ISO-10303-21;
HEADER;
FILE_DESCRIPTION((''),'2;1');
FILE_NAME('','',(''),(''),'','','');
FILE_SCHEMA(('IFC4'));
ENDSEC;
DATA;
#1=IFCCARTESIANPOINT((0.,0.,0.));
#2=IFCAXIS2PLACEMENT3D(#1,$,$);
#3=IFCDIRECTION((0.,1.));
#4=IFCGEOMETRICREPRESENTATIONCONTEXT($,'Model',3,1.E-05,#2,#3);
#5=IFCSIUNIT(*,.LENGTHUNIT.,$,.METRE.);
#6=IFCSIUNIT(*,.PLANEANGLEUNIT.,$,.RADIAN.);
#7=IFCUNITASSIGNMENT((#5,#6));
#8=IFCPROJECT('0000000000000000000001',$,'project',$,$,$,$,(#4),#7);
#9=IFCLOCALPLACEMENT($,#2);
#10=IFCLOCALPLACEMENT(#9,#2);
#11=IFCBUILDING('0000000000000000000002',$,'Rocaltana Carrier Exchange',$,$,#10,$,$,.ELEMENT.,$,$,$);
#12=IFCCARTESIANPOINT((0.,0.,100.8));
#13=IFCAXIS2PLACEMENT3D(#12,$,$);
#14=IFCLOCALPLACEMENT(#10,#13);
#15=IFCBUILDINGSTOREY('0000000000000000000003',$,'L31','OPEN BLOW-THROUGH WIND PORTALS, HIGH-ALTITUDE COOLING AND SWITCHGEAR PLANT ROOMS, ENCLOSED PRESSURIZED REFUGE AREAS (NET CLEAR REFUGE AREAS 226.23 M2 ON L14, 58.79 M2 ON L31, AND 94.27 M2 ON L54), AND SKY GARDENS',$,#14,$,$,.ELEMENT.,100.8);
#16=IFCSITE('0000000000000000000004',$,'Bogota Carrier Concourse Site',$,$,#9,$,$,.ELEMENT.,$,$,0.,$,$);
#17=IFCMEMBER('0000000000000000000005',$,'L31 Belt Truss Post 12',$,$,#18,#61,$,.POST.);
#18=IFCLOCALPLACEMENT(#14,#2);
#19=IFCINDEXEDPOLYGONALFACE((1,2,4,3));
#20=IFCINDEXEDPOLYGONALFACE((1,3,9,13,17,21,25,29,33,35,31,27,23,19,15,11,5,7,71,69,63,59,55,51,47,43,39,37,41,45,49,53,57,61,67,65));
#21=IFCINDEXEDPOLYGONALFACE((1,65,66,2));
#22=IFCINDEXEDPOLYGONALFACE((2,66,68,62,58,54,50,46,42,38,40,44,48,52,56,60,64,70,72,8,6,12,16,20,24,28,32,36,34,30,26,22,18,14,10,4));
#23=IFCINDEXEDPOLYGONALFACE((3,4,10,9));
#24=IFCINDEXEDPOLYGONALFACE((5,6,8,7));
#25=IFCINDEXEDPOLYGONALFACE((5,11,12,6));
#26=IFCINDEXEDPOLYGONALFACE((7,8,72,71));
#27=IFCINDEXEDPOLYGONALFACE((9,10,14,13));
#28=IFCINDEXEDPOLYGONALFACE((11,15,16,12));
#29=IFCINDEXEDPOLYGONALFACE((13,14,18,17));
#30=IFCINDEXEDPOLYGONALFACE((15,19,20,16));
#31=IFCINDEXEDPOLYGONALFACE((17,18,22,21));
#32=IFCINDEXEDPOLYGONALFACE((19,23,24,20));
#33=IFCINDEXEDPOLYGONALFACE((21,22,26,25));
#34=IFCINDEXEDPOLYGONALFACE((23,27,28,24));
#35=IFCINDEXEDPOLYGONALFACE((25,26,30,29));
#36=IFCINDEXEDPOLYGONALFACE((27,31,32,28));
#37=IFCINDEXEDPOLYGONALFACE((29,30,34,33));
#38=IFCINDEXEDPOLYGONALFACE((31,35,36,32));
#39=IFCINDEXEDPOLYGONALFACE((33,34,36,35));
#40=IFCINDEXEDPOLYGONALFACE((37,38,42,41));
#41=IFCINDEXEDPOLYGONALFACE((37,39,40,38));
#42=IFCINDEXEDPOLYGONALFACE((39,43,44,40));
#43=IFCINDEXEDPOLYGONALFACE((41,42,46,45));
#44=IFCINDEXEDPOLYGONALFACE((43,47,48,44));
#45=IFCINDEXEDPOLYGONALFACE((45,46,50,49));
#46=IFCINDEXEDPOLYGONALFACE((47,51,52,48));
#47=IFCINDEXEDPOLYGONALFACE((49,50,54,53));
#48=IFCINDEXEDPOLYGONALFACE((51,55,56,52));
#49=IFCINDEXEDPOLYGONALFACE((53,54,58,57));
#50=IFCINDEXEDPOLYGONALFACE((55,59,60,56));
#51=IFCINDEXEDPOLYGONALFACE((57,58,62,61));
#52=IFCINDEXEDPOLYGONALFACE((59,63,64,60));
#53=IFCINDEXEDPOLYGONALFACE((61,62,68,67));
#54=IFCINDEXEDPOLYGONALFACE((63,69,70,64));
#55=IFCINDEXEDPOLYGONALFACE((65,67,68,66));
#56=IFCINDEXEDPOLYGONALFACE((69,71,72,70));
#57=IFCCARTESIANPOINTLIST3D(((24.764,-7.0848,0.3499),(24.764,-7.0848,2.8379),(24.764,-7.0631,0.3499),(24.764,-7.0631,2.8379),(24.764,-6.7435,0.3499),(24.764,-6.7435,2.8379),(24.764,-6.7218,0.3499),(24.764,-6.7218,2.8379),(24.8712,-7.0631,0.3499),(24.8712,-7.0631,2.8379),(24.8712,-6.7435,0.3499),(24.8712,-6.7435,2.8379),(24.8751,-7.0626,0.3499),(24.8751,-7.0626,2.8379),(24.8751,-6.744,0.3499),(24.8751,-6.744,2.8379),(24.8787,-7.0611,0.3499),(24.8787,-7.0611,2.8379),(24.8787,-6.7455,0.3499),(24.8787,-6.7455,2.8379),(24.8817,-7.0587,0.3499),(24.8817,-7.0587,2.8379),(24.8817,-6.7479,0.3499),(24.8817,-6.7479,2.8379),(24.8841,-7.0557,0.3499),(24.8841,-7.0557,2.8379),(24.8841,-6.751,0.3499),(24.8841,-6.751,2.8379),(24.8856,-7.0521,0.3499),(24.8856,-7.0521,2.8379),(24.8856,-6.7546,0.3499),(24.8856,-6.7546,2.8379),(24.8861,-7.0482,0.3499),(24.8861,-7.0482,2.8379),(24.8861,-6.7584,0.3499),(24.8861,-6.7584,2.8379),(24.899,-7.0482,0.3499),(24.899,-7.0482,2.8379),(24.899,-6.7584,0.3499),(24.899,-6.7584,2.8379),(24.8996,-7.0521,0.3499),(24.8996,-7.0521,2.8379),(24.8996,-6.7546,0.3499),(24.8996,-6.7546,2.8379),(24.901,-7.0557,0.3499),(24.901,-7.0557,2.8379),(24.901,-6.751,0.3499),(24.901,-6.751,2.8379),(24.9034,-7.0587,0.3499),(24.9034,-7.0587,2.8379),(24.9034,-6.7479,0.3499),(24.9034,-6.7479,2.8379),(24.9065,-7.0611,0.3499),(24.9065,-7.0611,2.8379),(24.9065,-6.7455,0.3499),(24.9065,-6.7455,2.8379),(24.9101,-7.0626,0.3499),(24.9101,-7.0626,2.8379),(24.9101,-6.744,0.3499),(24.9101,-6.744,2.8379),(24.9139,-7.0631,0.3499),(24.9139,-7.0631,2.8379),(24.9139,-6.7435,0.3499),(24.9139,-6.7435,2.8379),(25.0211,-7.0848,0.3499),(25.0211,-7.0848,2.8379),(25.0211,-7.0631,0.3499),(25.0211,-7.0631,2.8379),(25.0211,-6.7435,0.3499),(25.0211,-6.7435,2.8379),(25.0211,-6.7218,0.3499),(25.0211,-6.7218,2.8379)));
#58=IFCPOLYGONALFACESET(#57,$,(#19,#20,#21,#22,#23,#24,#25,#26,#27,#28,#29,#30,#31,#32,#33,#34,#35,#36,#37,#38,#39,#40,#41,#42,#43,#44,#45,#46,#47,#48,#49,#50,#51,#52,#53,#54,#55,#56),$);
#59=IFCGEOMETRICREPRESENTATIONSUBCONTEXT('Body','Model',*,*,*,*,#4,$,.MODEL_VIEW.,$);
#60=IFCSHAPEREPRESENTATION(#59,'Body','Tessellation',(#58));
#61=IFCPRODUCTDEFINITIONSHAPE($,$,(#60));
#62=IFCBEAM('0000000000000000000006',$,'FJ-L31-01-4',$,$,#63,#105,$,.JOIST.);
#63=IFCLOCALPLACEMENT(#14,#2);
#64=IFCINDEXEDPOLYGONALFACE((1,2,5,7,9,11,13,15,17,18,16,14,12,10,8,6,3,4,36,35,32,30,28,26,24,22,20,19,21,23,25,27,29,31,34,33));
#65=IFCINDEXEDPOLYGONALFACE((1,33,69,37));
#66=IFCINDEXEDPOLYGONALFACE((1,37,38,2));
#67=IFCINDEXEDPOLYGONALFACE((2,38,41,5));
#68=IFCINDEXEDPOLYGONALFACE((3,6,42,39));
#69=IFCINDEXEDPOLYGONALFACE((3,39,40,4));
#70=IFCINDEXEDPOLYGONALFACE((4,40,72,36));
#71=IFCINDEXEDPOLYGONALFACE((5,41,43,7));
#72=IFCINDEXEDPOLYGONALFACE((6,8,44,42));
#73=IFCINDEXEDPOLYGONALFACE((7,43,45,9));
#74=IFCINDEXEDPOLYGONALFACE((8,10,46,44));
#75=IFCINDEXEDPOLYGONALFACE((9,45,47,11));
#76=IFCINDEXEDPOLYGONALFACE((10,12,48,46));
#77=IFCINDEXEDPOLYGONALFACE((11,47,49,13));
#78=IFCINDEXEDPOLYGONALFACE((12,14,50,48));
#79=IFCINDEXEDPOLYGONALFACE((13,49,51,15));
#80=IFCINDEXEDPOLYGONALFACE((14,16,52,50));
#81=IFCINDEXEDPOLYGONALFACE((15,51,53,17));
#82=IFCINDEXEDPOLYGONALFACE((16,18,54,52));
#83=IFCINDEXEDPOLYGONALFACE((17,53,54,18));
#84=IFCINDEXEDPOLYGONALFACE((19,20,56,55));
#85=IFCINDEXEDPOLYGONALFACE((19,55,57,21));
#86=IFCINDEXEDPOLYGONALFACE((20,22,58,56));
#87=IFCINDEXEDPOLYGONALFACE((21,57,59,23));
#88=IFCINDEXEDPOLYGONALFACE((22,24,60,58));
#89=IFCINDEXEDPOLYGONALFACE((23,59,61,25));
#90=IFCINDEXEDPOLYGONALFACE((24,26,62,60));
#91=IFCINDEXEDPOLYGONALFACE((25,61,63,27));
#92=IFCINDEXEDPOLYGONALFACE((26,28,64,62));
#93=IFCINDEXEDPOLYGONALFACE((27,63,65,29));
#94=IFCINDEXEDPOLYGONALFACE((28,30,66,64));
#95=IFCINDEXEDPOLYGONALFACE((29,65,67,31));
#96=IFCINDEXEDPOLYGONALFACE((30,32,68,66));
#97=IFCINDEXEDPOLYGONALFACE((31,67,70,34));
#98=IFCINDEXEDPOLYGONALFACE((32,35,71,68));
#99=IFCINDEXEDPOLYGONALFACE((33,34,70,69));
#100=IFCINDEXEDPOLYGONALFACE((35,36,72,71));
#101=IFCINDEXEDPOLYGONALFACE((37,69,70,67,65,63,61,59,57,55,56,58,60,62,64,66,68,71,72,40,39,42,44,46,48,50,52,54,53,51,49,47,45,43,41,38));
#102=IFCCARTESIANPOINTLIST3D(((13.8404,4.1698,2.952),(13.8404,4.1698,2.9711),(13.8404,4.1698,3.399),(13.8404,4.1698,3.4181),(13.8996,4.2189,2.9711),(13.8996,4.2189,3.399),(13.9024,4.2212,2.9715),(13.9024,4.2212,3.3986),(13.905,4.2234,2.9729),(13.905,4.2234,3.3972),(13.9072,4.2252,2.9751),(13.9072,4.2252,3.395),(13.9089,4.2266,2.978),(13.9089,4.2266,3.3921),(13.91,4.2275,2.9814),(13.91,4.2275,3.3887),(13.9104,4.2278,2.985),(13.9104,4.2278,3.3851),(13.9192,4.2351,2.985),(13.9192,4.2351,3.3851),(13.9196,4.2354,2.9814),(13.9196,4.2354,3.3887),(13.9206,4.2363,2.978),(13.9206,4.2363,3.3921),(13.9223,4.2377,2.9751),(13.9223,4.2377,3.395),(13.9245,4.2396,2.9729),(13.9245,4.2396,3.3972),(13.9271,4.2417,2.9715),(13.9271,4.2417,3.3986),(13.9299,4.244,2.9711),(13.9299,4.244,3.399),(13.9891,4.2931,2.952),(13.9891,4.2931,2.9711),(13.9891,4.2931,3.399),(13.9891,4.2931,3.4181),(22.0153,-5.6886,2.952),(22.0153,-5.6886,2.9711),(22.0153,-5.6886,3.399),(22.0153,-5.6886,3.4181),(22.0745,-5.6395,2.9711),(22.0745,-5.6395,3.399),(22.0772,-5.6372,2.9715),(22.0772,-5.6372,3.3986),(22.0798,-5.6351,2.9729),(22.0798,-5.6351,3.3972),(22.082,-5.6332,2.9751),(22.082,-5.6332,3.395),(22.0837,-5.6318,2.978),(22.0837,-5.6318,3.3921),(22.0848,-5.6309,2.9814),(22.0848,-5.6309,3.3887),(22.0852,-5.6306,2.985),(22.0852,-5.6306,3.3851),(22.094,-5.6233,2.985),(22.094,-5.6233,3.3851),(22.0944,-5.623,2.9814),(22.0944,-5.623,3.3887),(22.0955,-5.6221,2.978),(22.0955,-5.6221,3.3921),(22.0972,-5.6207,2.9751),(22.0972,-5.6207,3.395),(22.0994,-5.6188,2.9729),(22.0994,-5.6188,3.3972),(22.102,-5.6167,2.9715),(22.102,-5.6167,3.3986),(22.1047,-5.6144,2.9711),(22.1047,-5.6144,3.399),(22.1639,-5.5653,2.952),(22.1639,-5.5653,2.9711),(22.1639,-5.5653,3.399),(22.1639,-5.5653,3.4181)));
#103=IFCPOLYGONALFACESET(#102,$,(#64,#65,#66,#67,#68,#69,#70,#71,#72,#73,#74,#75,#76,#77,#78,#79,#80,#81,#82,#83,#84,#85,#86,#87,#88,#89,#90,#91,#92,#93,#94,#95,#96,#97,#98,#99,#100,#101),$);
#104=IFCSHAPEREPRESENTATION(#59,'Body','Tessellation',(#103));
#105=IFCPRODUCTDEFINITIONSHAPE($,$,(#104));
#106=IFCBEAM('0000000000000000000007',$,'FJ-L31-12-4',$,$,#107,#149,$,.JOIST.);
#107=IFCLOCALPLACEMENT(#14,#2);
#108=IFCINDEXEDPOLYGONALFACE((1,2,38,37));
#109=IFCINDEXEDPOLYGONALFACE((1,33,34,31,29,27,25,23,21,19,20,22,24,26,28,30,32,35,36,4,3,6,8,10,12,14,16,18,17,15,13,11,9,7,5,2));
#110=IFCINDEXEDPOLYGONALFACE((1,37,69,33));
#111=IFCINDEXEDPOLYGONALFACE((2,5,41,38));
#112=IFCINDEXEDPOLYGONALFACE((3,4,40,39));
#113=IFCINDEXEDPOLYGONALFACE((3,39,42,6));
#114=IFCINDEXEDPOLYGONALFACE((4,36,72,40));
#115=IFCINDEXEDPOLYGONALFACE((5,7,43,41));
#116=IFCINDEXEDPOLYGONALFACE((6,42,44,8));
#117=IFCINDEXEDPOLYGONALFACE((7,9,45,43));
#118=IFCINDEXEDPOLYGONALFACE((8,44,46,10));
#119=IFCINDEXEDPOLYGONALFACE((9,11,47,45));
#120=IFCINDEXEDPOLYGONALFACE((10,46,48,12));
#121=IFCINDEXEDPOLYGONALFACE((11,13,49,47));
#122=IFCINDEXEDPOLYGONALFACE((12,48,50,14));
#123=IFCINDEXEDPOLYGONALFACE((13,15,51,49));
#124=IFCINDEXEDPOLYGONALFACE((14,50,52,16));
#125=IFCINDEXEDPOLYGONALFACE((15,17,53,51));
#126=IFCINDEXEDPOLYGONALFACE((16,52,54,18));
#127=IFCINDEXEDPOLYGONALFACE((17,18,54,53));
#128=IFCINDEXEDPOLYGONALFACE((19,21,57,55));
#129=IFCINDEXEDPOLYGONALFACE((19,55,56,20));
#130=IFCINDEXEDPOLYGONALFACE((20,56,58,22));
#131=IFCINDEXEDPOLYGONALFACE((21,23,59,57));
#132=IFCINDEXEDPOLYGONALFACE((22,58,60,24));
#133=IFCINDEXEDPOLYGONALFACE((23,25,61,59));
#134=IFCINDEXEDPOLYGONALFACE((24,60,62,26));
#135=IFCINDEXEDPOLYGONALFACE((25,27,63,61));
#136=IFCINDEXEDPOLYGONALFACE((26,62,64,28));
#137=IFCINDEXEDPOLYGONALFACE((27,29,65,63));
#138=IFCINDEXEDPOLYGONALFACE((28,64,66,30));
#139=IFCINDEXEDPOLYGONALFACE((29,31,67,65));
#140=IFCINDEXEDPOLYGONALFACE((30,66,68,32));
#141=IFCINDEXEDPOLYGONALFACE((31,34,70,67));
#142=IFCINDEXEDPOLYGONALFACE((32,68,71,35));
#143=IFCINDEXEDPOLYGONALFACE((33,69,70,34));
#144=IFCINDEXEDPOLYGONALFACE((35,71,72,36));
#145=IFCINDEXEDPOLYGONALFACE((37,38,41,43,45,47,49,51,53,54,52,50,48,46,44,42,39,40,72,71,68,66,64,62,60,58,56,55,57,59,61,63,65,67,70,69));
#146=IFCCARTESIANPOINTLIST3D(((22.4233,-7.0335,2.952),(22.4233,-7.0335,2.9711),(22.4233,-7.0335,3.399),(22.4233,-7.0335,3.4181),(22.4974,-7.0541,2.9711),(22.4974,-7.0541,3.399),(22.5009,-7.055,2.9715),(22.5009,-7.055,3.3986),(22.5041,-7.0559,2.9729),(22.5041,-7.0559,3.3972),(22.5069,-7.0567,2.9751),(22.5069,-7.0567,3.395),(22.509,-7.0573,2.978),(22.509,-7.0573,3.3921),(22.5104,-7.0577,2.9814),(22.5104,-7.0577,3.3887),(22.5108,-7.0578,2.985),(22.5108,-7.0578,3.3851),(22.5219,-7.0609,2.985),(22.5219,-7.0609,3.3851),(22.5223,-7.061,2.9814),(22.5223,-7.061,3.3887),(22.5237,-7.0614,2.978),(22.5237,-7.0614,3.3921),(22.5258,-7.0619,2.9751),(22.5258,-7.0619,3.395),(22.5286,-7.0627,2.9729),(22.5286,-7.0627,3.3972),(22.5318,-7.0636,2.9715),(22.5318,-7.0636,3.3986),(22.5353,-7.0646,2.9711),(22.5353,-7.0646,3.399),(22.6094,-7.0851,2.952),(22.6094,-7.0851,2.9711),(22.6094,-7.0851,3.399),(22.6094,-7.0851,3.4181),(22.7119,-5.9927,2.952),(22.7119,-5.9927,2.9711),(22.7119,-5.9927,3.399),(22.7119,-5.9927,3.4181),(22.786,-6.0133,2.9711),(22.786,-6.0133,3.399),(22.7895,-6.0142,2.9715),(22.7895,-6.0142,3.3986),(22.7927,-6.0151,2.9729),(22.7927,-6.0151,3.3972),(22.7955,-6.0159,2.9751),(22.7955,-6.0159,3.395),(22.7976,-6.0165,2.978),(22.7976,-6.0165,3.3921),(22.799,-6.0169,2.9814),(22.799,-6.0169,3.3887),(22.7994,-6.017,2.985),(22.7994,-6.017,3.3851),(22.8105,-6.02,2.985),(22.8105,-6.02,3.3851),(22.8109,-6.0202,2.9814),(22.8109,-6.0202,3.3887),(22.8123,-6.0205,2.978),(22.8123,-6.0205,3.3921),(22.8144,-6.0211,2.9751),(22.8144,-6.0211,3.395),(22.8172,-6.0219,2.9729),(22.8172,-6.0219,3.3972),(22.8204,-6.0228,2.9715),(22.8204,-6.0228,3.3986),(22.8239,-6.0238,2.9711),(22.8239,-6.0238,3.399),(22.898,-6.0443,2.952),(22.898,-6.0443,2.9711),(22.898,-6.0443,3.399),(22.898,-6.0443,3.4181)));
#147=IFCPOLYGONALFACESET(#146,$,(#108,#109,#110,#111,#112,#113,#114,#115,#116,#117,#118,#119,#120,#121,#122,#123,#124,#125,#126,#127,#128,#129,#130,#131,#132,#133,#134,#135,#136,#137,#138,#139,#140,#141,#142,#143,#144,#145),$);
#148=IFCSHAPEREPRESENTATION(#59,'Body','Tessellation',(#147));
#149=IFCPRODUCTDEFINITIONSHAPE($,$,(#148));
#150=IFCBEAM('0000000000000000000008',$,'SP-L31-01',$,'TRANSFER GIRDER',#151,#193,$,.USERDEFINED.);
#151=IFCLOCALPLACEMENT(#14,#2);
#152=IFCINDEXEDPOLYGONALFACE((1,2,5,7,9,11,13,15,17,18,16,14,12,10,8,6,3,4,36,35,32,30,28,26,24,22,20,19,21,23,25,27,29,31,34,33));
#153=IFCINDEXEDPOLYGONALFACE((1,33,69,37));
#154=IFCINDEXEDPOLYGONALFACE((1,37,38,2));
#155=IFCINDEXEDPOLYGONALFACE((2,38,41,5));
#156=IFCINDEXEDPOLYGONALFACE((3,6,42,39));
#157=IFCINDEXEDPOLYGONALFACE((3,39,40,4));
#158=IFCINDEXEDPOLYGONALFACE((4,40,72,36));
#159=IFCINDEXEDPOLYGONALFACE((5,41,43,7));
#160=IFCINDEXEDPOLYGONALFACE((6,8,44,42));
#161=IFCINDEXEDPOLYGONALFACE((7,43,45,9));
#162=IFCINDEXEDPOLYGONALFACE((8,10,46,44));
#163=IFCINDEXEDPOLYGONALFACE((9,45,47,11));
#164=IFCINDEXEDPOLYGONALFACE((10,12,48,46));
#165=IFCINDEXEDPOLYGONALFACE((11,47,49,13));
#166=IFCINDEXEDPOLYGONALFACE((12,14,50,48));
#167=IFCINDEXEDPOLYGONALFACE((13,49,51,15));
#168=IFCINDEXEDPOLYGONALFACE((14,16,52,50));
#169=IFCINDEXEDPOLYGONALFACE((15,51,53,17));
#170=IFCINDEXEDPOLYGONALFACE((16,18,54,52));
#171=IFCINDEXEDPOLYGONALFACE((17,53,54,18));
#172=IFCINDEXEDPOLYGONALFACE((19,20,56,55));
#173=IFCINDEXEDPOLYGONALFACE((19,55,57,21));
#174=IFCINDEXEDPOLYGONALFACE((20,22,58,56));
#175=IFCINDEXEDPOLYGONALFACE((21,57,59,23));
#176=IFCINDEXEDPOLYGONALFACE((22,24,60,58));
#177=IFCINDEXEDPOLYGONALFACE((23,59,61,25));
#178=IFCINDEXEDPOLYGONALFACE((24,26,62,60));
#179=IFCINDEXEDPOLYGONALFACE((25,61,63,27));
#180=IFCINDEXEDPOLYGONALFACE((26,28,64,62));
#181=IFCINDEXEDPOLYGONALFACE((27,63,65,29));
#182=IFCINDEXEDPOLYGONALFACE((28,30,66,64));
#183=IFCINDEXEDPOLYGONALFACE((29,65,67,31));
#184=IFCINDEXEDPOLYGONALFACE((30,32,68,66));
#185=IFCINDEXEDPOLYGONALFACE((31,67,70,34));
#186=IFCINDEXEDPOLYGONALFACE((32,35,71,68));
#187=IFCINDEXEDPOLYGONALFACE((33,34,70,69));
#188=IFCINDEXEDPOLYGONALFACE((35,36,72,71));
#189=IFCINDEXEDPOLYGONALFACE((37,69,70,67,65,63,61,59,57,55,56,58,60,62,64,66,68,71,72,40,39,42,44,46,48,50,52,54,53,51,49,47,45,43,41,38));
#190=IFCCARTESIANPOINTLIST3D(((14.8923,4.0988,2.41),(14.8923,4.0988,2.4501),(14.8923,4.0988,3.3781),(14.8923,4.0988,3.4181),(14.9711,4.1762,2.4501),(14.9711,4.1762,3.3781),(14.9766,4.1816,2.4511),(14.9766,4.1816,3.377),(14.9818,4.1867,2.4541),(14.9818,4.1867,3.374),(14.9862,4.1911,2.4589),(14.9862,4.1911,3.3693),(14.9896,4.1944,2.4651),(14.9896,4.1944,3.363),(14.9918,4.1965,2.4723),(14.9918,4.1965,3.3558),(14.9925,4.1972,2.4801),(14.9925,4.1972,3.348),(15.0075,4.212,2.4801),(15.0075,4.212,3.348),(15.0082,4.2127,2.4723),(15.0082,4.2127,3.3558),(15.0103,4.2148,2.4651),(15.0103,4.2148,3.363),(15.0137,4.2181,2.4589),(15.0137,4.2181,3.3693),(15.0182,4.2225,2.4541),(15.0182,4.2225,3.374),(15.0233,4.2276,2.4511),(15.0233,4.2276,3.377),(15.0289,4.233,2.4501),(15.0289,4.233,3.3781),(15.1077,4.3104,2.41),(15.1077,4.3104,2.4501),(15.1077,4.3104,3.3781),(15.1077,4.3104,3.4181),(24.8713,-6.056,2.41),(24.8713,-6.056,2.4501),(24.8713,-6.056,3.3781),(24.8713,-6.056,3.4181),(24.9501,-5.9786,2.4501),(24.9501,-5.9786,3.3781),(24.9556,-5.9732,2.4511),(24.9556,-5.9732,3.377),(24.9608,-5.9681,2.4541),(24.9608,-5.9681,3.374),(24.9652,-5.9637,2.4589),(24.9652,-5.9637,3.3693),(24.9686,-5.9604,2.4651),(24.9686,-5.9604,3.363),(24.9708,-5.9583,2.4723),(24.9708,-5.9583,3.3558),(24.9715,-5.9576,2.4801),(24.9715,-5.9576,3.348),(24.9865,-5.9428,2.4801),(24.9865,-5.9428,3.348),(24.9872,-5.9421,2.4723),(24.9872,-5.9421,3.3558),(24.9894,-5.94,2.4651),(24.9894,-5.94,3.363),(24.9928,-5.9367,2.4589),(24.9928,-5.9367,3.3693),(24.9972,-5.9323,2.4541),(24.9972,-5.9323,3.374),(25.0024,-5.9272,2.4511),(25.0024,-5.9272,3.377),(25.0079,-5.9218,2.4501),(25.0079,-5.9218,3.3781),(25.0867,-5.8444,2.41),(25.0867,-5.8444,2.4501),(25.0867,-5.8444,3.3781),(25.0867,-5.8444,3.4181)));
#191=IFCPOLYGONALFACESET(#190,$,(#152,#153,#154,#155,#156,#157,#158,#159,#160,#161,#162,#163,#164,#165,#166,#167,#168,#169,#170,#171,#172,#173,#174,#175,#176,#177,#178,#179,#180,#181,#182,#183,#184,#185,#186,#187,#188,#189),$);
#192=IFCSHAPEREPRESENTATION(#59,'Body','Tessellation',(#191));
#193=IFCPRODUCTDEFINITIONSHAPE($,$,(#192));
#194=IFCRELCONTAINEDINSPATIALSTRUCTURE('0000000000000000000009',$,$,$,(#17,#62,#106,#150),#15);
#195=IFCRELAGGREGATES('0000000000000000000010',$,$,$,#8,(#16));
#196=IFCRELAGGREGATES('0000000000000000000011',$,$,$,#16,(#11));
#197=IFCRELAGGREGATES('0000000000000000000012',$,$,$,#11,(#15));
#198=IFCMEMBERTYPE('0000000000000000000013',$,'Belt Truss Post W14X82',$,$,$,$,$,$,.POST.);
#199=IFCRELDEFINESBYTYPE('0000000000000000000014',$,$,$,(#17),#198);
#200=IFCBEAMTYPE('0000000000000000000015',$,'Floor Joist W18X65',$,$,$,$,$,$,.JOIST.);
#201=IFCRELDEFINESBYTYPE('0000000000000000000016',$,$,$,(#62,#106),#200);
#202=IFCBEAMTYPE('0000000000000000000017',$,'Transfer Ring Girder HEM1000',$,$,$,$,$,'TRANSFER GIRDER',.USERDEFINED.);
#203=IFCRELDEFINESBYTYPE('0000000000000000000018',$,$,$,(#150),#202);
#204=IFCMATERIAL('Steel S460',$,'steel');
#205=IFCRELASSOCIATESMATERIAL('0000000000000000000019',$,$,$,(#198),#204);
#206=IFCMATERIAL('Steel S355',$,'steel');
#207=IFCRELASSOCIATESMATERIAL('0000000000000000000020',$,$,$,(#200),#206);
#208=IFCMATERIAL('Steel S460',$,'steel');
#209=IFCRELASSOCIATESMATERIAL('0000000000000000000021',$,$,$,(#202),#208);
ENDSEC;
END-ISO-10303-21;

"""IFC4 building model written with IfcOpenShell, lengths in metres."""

from ifc_helpers import new_model, si_unit, direction, frame, origin, origin_2d, place, context, subcontext, project, spatial, i_section, extrude, material, material_profile, profile_set, type_object, element, save


model = new_model("IFC4")

# Units and contexts
model_context = context("Model", 3, precision=1e-05, world=origin(), true_north=direction((0.0, 1.0)))
body_context = subcontext(model_context, "Body", "Model", "MODEL_VIEW")
ifc_project = project(units=[si_unit("LENGTHUNIT", "METRE"), si_unit("PLANEANGLEUNIT", "RADIAN")], contexts=[model_context])

# Site, building, storey
site_placement = place(None, origin())
site = spatial("IfcSite", under=ifc_project, at=site_placement, Name="Bogota Carrier Concourse Site", CompositionType="ELEMENT", RefElevation=0.0)
building_placement = place(site_placement, origin())
building = spatial("IfcBuilding", under=site, at=building_placement, Name="Rocaltana Carrier Exchange", CompositionType="ELEMENT")
storey_placement = place(building_placement, frame((0.0, 0.0, 100.8)))
storey = spatial("IfcBuildingStorey", under=building, at=storey_placement, Name="L31", Description="OPEN BLOW-THROUGH WIND PORTALS, HIGH-ALTITUDE COOLING AND SWITCHGEAR PLANT ROOMS, ENCLOSED PRESSURIZED REFUGE AREAS (NET CLEAR REFUGE AREAS 226.23 M2 ON L14, 58.79 M2 ON L31, AND 94.27 M2 ON L54), AND SKY GARDENS", CompositionType="ELEMENT", Elevation=100.8)

# Member
ifc_material_1 = material(Name="Steel S460", Category="steel")
ifc_material_profile_1 = material_profile(ifc_material_1, i_section(OverallWidth=0.2571, OverallDepth=0.363, WebThickness=0.0129, FlangeThickness=0.0217, FilletRadius=0.0149, at=origin_2d()), Name="W14X82")
ifc_profile_set_1 = profile_set([ifc_material_profile_1], Name="Steel S460")
member_type_1 = type_object("IfcMemberType", Name="Belt Truss Post W14X82", PredefinedType="POST", material=ifc_profile_set_1)
member_1_placement = place(storey_placement, frame((24.8926, -6.9033, 0.3499), z_axis=(0.0, 0.0, 1.0), x_axis=(1.0, 0.0, 0.0)))
element("IfcMember", 1, at=member_1_placement, inside=storey, type_object=member_type_1, Name="L31 Belt Truss Post 12", PredefinedType="POST", context=body_context, shape_type="SweptSolid", body=[
    extrude(i_section(OverallWidth=0.2571, OverallDepth=0.363, WebThickness=0.0129, FlangeThickness=0.0217, FilletRadius=0.0149, at=origin_2d()), origin(), (0.0, 0.0, 1.0), 2.488),
])

# Beams
ifc_material_2 = material(Name="Steel S355", Category="steel")
ifc_material_profile_2 = material_profile(ifc_material_2, i_section(OverallWidth=0.1931, OverallDepth=0.4661, WebThickness=0.0115, FlangeThickness=0.019, FilletRadius=0.0139, at=origin_2d()), Name="W18X65")
ifc_profile_set_2 = profile_set([ifc_material_profile_2], Name="Steel S355")
beam_type_1 = type_object("IfcBeamType", Name="Floor Joist W18X65", PredefinedType="JOIST", material=ifc_profile_set_2)
beam_1_placement = place(storey_placement, frame((22.0896, -5.627, 3.1851), z_axis=(-0.638315, 0.769775, 0.0), x_axis=(-0.769775, -0.638315, 0.0)))
element("IfcBeam", 2, at=beam_1_placement, inside=storey, type_object=beam_type_1, Name="FJ-L31-01-4", PredefinedType="JOIST", context=body_context, shape_type="SweptSolid", body=[
    extrude(i_section(OverallWidth=0.1931, OverallDepth=0.4661, WebThickness=0.0115, FlangeThickness=0.019, FilletRadius=0.0139, at=origin_2d()), origin(), (0.0, 0.0, 1.0), 12.8069),
])
beam_2_placement = place(storey_placement, frame((22.5164, -7.0593, 3.1851), z_axis=(0.267189, 0.963644, 0.0), x_axis=(-0.963644, 0.267189, 0.0)))
element("IfcBeam", 3, at=beam_2_placement, inside=storey, type_object=beam_type_1, Name="FJ-L31-12-4", PredefinedType="JOIST", context=body_context, shape_type="SweptSolid", body=[
    extrude(i_section(OverallWidth=0.1931, OverallDepth=0.4661, WebThickness=0.0115, FlangeThickness=0.019, FilletRadius=0.0139, at=origin_2d()), origin(), (0.0, 0.0, 1.0), 1.0801),
])
ifc_material_3 = material(Name="Steel S460", Category="steel")
ifc_material_profile_3 = material_profile(ifc_material_3, i_section(OverallWidth=0.302, OverallDepth=1.0081, WebThickness=0.021, FlangeThickness=0.04, FilletRadius=0.03, at=origin_2d()), Name="HEM1000")
ifc_profile_set_3 = profile_set([ifc_material_profile_3], Name="Steel S460")
beam_type_2 = type_object("IfcBeamType", Name="Transfer Ring Girder HEM1000", ElementType="TRANSFER GIRDER", PredefinedType="USERDEFINED", material=ifc_profile_set_3)
beam_3_placement = place(storey_placement, frame((24.979, -5.9502, 2.9141), z_axis=(-0.700907, 0.713253, 0.0), x_axis=(-0.713253, -0.700907, 0.0)))
element("IfcBeam", 4, at=beam_3_placement, inside=storey, type_object=beam_type_2, Name="SP-L31-01", ObjectType="TRANSFER GIRDER", PredefinedType="USERDEFINED", context=body_context, shape_type="SweptSolid", body=[
    extrude(i_section(OverallWidth=0.302, OverallDepth=1.0081, WebThickness=0.021, FlangeThickness=0.04, FilletRadius=0.03, at=origin_2d()), origin(), (0.0, 0.0, 1.0), 14.2373),
])

save(model, "model.ifc")
